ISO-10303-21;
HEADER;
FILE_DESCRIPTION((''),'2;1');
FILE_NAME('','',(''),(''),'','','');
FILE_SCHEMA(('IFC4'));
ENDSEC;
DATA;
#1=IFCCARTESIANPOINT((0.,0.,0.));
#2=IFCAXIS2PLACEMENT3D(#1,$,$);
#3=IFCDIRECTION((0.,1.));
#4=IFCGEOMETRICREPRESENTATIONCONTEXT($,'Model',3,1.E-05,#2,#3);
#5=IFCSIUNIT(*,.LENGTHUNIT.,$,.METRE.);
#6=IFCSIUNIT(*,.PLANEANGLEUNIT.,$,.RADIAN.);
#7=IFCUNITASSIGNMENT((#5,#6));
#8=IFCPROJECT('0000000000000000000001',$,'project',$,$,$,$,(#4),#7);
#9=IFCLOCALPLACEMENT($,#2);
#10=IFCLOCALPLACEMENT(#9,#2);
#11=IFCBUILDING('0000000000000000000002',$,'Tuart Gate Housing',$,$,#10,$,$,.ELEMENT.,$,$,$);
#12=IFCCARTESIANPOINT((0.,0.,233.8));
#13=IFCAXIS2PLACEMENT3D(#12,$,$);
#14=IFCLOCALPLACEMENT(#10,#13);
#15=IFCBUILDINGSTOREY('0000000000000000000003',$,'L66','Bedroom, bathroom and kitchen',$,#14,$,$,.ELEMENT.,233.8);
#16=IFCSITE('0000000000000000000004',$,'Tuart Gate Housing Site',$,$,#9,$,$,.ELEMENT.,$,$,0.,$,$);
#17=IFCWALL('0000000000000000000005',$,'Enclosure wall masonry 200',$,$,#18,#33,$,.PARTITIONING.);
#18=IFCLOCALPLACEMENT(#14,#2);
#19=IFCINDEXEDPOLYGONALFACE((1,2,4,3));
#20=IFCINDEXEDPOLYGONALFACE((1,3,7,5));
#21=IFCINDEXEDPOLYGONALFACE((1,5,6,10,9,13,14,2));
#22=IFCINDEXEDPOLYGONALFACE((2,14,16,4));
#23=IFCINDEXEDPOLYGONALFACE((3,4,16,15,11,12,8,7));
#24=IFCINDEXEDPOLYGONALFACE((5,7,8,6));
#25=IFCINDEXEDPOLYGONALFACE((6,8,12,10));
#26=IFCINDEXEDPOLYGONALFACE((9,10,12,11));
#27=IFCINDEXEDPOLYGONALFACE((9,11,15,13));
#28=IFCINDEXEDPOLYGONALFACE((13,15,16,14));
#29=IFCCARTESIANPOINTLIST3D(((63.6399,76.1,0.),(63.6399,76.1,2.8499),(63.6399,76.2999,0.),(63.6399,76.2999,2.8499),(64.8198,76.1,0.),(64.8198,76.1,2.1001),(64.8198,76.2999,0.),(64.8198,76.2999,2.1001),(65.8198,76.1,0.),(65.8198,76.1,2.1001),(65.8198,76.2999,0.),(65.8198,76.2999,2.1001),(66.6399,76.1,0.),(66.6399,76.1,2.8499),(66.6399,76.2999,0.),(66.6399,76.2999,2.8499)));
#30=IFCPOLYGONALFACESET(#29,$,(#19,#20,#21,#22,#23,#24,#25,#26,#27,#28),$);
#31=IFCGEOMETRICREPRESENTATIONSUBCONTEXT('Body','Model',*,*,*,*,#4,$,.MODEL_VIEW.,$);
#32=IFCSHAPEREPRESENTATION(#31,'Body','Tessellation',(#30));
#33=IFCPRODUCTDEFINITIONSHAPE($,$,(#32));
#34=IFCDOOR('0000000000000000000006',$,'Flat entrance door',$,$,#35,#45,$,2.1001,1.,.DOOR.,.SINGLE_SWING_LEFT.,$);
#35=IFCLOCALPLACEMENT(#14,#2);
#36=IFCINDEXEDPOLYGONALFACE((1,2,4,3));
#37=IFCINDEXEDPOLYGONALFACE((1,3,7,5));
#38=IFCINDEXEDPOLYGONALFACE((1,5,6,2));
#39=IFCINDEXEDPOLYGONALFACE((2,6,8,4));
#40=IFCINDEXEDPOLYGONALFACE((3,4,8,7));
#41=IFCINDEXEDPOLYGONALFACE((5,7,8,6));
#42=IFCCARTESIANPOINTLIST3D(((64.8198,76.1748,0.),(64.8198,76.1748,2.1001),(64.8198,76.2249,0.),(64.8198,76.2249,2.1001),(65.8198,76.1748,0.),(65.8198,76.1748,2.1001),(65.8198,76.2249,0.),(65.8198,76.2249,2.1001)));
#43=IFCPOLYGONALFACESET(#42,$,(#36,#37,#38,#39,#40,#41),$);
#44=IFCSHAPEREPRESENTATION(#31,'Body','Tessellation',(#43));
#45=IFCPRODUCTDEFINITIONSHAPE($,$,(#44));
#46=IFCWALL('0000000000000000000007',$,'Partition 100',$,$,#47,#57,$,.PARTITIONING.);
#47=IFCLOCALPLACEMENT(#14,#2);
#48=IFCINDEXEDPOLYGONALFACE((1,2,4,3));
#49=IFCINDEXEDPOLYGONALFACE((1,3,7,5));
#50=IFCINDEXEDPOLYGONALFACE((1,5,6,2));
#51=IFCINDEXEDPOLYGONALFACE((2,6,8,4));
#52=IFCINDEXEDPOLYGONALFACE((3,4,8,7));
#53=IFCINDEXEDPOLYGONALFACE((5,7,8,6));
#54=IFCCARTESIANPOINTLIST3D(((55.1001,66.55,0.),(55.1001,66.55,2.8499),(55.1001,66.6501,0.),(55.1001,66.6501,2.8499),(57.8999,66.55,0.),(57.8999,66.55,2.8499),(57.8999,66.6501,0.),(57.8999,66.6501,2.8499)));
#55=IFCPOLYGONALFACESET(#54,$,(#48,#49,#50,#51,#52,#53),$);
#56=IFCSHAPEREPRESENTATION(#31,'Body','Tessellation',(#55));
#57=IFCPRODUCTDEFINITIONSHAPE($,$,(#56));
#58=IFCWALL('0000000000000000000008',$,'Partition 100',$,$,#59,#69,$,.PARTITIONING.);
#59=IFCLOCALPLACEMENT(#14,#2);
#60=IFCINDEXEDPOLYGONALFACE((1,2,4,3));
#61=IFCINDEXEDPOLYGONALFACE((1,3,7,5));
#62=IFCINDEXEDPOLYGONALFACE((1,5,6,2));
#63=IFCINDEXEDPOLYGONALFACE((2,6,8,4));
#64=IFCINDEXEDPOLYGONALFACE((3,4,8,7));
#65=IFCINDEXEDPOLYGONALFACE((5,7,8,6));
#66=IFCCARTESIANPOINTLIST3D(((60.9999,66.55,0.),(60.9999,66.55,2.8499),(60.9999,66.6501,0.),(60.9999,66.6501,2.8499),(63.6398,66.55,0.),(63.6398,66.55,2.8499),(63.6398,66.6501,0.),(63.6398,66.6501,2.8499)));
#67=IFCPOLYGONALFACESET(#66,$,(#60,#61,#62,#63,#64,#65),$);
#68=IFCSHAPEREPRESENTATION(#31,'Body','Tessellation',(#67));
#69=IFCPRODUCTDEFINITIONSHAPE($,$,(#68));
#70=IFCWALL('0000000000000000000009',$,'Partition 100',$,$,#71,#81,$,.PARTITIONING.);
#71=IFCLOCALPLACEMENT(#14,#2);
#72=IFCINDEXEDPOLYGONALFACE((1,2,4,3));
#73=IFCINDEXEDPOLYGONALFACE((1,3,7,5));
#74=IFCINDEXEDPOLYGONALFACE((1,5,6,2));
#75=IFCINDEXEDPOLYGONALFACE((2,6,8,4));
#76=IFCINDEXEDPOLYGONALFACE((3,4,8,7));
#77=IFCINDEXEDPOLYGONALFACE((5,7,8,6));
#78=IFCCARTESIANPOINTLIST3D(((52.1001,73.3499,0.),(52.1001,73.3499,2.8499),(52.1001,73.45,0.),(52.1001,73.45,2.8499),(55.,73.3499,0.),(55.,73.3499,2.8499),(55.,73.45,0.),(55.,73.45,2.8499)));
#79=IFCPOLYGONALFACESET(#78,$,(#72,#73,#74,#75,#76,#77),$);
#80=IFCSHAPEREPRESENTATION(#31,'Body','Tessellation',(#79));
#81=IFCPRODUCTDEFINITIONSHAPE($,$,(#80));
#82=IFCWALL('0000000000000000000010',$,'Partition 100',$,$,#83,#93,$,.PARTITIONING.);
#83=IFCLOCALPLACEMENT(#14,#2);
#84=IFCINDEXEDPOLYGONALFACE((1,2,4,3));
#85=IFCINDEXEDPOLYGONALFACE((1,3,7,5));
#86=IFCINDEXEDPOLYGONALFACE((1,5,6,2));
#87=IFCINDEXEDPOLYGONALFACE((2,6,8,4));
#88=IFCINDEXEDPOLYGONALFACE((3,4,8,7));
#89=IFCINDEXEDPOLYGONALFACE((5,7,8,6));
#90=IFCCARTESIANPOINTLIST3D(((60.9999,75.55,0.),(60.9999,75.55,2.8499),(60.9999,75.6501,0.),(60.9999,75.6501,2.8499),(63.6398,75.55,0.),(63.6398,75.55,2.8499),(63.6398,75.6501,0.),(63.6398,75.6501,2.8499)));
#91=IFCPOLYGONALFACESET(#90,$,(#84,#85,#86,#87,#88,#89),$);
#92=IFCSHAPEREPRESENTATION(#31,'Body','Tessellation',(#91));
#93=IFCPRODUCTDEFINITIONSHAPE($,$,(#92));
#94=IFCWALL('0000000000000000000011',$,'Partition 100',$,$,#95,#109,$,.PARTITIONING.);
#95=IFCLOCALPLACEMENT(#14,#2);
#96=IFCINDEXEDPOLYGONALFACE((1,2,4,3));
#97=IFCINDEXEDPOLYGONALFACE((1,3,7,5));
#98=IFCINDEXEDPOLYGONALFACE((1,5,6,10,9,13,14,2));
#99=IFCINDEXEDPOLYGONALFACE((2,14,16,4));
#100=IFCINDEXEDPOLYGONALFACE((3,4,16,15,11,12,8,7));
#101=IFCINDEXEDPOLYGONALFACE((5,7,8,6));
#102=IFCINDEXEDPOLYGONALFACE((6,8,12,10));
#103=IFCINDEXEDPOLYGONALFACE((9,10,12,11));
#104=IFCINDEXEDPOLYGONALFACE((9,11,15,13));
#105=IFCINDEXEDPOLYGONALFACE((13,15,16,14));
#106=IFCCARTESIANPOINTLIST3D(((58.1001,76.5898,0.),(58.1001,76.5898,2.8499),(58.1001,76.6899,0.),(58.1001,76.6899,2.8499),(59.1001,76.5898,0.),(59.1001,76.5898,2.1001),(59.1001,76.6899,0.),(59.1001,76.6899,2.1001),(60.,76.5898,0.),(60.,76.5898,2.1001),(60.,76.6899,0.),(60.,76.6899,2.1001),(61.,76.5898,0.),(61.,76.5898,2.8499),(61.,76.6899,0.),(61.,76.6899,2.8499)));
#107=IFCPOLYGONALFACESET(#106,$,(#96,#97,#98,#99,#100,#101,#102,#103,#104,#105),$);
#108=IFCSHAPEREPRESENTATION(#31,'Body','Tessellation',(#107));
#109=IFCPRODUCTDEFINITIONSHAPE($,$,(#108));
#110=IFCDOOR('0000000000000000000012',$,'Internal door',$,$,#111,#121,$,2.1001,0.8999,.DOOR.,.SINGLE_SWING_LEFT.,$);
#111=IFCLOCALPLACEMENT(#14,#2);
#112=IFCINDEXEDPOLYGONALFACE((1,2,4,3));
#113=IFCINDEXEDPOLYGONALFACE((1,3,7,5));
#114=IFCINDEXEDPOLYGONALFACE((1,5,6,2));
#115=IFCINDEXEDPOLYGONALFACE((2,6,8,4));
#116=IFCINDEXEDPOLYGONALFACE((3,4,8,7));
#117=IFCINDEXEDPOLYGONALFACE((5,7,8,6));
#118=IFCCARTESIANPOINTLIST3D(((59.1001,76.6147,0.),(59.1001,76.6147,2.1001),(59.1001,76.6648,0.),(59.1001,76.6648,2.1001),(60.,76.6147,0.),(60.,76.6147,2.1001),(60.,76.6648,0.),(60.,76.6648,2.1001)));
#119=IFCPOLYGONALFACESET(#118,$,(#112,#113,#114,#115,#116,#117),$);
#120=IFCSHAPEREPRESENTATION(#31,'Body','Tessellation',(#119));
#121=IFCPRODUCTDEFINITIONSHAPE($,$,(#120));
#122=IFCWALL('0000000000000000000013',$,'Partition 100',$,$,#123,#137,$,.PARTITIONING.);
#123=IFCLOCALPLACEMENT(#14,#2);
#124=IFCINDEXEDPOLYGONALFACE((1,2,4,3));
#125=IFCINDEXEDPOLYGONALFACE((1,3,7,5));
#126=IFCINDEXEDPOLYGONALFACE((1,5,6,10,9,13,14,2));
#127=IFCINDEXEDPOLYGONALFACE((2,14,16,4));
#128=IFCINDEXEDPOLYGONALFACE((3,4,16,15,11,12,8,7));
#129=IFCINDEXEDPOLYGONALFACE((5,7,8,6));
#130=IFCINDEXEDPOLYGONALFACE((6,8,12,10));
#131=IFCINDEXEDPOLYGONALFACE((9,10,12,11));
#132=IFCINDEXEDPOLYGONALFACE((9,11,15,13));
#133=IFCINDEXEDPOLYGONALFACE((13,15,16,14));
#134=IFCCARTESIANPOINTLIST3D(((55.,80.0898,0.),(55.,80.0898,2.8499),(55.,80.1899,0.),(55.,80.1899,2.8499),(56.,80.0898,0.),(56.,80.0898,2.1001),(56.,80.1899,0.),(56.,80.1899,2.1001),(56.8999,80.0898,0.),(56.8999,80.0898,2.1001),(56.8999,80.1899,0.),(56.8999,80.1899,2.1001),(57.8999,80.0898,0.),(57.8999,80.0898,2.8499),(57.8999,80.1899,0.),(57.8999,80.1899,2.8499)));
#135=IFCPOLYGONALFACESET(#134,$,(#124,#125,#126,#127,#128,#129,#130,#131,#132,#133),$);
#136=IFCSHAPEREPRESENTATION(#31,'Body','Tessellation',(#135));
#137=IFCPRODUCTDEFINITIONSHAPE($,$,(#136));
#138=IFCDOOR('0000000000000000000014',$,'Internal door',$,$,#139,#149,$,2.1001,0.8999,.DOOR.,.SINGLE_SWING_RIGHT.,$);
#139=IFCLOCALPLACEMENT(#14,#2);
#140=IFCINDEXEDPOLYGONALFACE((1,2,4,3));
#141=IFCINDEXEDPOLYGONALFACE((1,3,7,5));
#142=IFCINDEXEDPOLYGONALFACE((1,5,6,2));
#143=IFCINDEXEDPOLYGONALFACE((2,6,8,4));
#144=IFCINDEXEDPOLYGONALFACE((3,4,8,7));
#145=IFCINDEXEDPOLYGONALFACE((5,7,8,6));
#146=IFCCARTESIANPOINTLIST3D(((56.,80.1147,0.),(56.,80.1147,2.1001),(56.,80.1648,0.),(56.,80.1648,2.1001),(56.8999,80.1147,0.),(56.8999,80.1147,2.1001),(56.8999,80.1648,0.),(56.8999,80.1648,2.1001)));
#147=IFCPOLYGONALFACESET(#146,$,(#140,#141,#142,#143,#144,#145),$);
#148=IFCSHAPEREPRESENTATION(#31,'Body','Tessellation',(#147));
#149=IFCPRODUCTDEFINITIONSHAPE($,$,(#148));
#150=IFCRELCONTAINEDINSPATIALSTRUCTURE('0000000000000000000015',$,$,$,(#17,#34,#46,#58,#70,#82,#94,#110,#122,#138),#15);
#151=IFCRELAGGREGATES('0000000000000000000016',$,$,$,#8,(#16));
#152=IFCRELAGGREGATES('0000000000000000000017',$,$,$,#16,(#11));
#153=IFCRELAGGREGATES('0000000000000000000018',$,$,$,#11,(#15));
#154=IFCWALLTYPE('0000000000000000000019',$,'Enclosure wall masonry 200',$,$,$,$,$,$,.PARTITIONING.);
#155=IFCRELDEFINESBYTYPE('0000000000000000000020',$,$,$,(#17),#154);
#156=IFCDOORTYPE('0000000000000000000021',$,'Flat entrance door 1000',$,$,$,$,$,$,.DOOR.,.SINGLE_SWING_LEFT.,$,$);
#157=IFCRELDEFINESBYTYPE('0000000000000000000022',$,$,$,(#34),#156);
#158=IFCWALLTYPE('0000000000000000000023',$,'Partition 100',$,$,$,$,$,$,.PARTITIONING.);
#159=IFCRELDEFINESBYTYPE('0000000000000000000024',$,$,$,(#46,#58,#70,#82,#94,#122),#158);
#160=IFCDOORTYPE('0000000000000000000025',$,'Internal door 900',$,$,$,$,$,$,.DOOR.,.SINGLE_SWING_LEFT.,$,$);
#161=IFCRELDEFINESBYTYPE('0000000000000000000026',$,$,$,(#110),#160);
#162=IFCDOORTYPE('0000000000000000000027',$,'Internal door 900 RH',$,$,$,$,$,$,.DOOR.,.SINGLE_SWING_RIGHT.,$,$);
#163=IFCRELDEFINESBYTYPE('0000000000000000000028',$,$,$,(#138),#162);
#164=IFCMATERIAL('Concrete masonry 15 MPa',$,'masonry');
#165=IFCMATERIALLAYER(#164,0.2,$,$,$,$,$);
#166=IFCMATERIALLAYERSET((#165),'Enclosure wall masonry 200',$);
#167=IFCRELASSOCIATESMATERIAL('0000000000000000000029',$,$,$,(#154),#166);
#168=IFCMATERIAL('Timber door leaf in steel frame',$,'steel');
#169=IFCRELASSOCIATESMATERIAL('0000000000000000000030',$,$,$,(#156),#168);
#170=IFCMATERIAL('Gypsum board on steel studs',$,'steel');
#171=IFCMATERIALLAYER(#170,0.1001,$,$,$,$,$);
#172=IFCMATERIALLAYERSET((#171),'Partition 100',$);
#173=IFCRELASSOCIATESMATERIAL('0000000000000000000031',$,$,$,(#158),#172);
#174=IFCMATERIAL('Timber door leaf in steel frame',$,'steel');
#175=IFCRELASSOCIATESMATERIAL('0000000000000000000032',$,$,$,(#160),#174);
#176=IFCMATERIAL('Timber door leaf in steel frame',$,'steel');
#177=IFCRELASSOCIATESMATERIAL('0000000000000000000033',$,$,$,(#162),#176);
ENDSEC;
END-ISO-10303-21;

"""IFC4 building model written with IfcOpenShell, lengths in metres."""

from ifc_helpers import new_model, si_unit, direction, frame, frame_2d, origin, place, context, subcontext, project, spatial, rectangle, extrude, material, layer, layer_set, type_object, element, fill, save


model = new_model("IFC4")

# Units and contexts
model_context = context("Model", 3, precision=1e-05, world=origin(), true_north=direction((0.0, 1.0)))
body_context = subcontext(model_context, "Body", "Model", "MODEL_VIEW")
ifc_project = project(units=[si_unit("LENGTHUNIT", "METRE"), si_unit("PLANEANGLEUNIT", "RADIAN")], contexts=[model_context])

# Site, building, storey
site_placement = place(None, origin())
site = spatial("IfcSite", under=ifc_project, at=site_placement, Name="Tuart Gate Housing Site", CompositionType="ELEMENT", RefElevation=0.0)
building_placement = place(site_placement, origin())
building = spatial("IfcBuilding", under=site, at=building_placement, Name="Tuart Gate Housing", CompositionType="ELEMENT")
storey_placement = place(building_placement, frame((0.0, 0.0, 233.8)))
storey = spatial("IfcBuildingStorey", under=building, at=storey_placement, Name="L66", Description="Bedroom, bathroom and kitchen", CompositionType="ELEMENT", Elevation=233.8)

# Wall, opening, door
ifc_material_1 = material(Name="Concrete masonry 15 MPa", Category="masonry")
ifc_layer_1 = layer(ifc_material_1, 0.2)
ifc_layer_set_1 = layer_set([ifc_layer_1], Name="Enclosure wall masonry 200")
wall_type_1 = type_object("IfcWallType", Name="Enclosure wall masonry 200", PredefinedType="PARTITIONING", material=ifc_layer_set_1)
wall_1_placement = place(storey_placement, frame((63.6399, 76.2, 0.0), z_axis=(0.0, 0.0, 1.0), x_axis=(1.0, 0.0, 0.0)))
wall_1 = element("IfcWall", 1, at=wall_1_placement, inside=storey, type_object=wall_type_1, Name="Enclosure wall masonry 200", PredefinedType="PARTITIONING", context=body_context, shape_type="SweptSolid", body=[
    extrude(rectangle(XDim=3.0, YDim=0.2, at=frame_2d((1.5, 0.0))), origin(), (0.0, 0.0, 1.0), 2.8499),
])
opening_1_placement = place(wall_1_placement, frame((1.1799, 0.0, 0.0)))
opening_1 = element("IfcOpeningElement", 2, at=opening_1_placement, cuts=wall_1, PredefinedType="OPENING", context=body_context, shape_type="SweptSolid", body=[
    extrude(rectangle(XDim=1.0, YDim=2.1001, at=frame_2d((0.5, 1.05))), frame((0.0, 0.1099, 0.0), z_axis=(0.0, -1.0, 0.0), x_axis=(1.0, 0.0, 0.0)), (0.0, 0.0, 1.0), 0.22),
])
ifc_material_2 = material(Name="Timber door leaf in steel frame", Category="steel")
door_type_1 = type_object("IfcDoorType", Name="Flat entrance door 1000", OperationType="SINGLE_SWING_LEFT", PredefinedType="DOOR", material=ifc_material_2)
door_1_placement = place(opening_1_placement, origin())
door_1 = element("IfcDoor", 3, at=door_1_placement, inside=storey, type_object=door_type_1, Name="Flat entrance door", OperationType="SINGLE_SWING_LEFT", OverallHeight=2.1001, OverallWidth=1.0, PredefinedType="DOOR", context=body_context, shape_type="SweptSolid", body=[
    extrude(rectangle(XDim=1.0, YDim=2.1001, at=frame_2d((0.5, 1.05))), frame((0.0, 0.0249, 0.0), z_axis=(0.0, -1.0, 0.0), x_axis=(1.0, 0.0, 0.0)), (0.0, 0.0, 1.0), 0.05),
])
fill(opening_1, door_1)

# Walls
ifc_material_3 = material(Name="Gypsum board on steel studs", Category="steel")
ifc_layer_2 = layer(ifc_material_3, 0.1001)
ifc_layer_set_2 = layer_set([ifc_layer_2], Name="Partition 100")
wall_type_2 = type_object("IfcWallType", Name="Partition 100", PredefinedType="PARTITIONING", material=ifc_layer_set_2)
wall_2_placement = place(storey_placement, frame((55.1001, 66.6001, 0.0), z_axis=(0.0, 0.0, 1.0), x_axis=(1.0, 0.0, 0.0)))
element("IfcWall", 4, at=wall_2_placement, inside=storey, type_object=wall_type_2, Name="Partition 100", PredefinedType="PARTITIONING", context=body_context, shape_type="SweptSolid", body=[
    extrude(rectangle(XDim=2.7998, YDim=0.1001, at=frame_2d((1.3999, 0.0))), origin(), (0.0, 0.0, 1.0), 2.8499),
])
wall_3_placement = place(storey_placement, frame((61.0, 66.6001, 0.0), z_axis=(0.0, 0.0, 1.0), x_axis=(1.0, 0.0, 0.0)))
element("IfcWall", 5, at=wall_3_placement, inside=storey, type_object=wall_type_2, Name="Partition 100", PredefinedType="PARTITIONING", context=body_context, shape_type="SweptSolid", body=[
    extrude(rectangle(XDim=2.6399, YDim=0.1001, at=frame_2d((1.3198, 0.0))), origin(), (0.0, 0.0, 1.0), 2.8499),
])
wall_4_placement = place(storey_placement, frame((52.1001, 73.3999, 0.0), z_axis=(0.0, 0.0, 1.0), x_axis=(1.0, 0.0, 0.0)))
element("IfcWall", 6, at=wall_4_placement, inside=storey, type_object=wall_type_2, Name="Partition 100", PredefinedType="PARTITIONING", context=body_context, shape_type="SweptSolid", body=[
    extrude(rectangle(XDim=2.8999, YDim=0.1001, at=frame_2d((1.45, 0.0))), origin(), (0.0, 0.0, 1.0), 2.8499),
])
wall_5_placement = place(storey_placement, frame((61.0, 75.6001, 0.0), z_axis=(0.0, 0.0, 1.0), x_axis=(1.0, 0.0, 0.0)))
element("IfcWall", 7, at=wall_5_placement, inside=storey, type_object=wall_type_2, Name="Partition 100", PredefinedType="PARTITIONING", context=body_context, shape_type="SweptSolid", body=[
    extrude(rectangle(XDim=2.6399, YDim=0.1001, at=frame_2d((1.3198, 0.0))), origin(), (0.0, 0.0, 1.0), 2.8499),
])

# Walls, openings, doors
wall_6_placement = place(storey_placement, frame((58.1001, 76.6399, 0.0), z_axis=(0.0, 0.0, 1.0), x_axis=(1.0, 0.0, 0.0)))
wall_6 = element("IfcWall", 8, at=wall_6_placement, inside=storey, type_object=wall_type_2, Name="Partition 100", PredefinedType="PARTITIONING", context=body_context, shape_type="SweptSolid", body=[
    extrude(rectangle(XDim=2.8999, YDim=0.1001, at=frame_2d((1.45, 0.0))), origin(), (0.0, 0.0, 1.0), 2.8499),
])
opening_2_placement = place(wall_6_placement, frame((1.0, 0.0, 0.0)))
opening_2 = element("IfcOpeningElement", 9, at=opening_2_placement, cuts=wall_6, PredefinedType="OPENING", context=body_context, shape_type="SweptSolid", body=[
    extrude(rectangle(XDim=0.8999, YDim=2.1001, at=frame_2d((0.45, 1.05))), frame((0.0, 0.0601, 0.0), z_axis=(0.0, -1.0, 0.0), x_axis=(1.0, 0.0, 0.0)), (0.0, 0.0, 1.0), 0.1201),
])
ifc_material_4 = material(Name="Timber door leaf in steel frame", Category="steel")
door_type_2 = type_object("IfcDoorType", Name="Internal door 900", OperationType="SINGLE_SWING_LEFT", PredefinedType="DOOR", material=ifc_material_4)
door_2_placement = place(opening_2_placement, frame((0.8999, 0.0, 0.0), z_axis=(0.0, 0.0, 1.0), x_axis=(-1.0, 0.0, 0.0)))
door_2 = element("IfcDoor", 10, at=door_2_placement, inside=storey, type_object=door_type_2, Name="Internal door", OperationType="SINGLE_SWING_LEFT", OverallHeight=2.1001, OverallWidth=0.8999, PredefinedType="DOOR", context=body_context, shape_type="SweptSolid", body=[
    extrude(rectangle(XDim=0.8999, YDim=2.1001, at=frame_2d((0.45, 1.05))), frame((0.0, 0.0251, 0.0), z_axis=(0.0, -1.0, 0.0), x_axis=(1.0, 0.0, 0.0)), (0.0, 0.0, 1.0), 0.05),
])
fill(opening_2, door_2)
wall_7_placement = place(storey_placement, frame((55.0, 80.1399, 0.0), z_axis=(0.0, 0.0, 1.0), x_axis=(1.0, 0.0, 0.0)))
wall_7 = element("IfcWall", 11, at=wall_7_placement, inside=storey, type_object=wall_type_2, Name="Partition 100", PredefinedType="PARTITIONING", context=body_context, shape_type="SweptSolid", body=[
    extrude(rectangle(XDim=2.8999, YDim=0.1001, at=frame_2d((1.45, 0.0))), origin(), (0.0, 0.0, 1.0), 2.8499),
])
opening_3_placement = place(wall_7_placement, frame((1.0, 0.0, 0.0)))
opening_3 = element("IfcOpeningElement", 12, at=opening_3_placement, cuts=wall_7, PredefinedType="OPENING", context=body_context, shape_type="SweptSolid", body=[
    extrude(rectangle(XDim=0.8999, YDim=2.1001, at=frame_2d((0.45, 1.05))), frame((0.0, 0.0601, 0.0), z_axis=(0.0, -1.0, 0.0), x_axis=(1.0, 0.0, 0.0)), (0.0, 0.0, 1.0), 0.1201),
])
ifc_material_5 = material(Name="Timber door leaf in steel frame", Category="steel")
door_type_3 = type_object("IfcDoorType", Name="Internal door 900 RH", OperationType="SINGLE_SWING_RIGHT", PredefinedType="DOOR", material=ifc_material_5)
door_3_placement = place(opening_3_placement, frame((0.8999, 0.0, 0.0), z_axis=(0.0, 0.0, 1.0), x_axis=(-1.0, 0.0, 0.0)))
door_3 = element("IfcDoor", 13, at=door_3_placement, inside=storey, type_object=door_type_3, Name="Internal door", OperationType="SINGLE_SWING_RIGHT", OverallHeight=2.1001, OverallWidth=0.8999, PredefinedType="DOOR", context=body_context, shape_type="SweptSolid", body=[
    extrude(rectangle(XDim=0.8999, YDim=2.1001, at=frame_2d((0.45, 1.05))), frame((0.0, 0.0251, 0.0), z_axis=(0.0, -1.0, 0.0), x_axis=(1.0, 0.0, 0.0)), (0.0, 0.0, 1.0), 0.05),
])
fill(opening_3, door_3)

save(model, "model.ifc")
